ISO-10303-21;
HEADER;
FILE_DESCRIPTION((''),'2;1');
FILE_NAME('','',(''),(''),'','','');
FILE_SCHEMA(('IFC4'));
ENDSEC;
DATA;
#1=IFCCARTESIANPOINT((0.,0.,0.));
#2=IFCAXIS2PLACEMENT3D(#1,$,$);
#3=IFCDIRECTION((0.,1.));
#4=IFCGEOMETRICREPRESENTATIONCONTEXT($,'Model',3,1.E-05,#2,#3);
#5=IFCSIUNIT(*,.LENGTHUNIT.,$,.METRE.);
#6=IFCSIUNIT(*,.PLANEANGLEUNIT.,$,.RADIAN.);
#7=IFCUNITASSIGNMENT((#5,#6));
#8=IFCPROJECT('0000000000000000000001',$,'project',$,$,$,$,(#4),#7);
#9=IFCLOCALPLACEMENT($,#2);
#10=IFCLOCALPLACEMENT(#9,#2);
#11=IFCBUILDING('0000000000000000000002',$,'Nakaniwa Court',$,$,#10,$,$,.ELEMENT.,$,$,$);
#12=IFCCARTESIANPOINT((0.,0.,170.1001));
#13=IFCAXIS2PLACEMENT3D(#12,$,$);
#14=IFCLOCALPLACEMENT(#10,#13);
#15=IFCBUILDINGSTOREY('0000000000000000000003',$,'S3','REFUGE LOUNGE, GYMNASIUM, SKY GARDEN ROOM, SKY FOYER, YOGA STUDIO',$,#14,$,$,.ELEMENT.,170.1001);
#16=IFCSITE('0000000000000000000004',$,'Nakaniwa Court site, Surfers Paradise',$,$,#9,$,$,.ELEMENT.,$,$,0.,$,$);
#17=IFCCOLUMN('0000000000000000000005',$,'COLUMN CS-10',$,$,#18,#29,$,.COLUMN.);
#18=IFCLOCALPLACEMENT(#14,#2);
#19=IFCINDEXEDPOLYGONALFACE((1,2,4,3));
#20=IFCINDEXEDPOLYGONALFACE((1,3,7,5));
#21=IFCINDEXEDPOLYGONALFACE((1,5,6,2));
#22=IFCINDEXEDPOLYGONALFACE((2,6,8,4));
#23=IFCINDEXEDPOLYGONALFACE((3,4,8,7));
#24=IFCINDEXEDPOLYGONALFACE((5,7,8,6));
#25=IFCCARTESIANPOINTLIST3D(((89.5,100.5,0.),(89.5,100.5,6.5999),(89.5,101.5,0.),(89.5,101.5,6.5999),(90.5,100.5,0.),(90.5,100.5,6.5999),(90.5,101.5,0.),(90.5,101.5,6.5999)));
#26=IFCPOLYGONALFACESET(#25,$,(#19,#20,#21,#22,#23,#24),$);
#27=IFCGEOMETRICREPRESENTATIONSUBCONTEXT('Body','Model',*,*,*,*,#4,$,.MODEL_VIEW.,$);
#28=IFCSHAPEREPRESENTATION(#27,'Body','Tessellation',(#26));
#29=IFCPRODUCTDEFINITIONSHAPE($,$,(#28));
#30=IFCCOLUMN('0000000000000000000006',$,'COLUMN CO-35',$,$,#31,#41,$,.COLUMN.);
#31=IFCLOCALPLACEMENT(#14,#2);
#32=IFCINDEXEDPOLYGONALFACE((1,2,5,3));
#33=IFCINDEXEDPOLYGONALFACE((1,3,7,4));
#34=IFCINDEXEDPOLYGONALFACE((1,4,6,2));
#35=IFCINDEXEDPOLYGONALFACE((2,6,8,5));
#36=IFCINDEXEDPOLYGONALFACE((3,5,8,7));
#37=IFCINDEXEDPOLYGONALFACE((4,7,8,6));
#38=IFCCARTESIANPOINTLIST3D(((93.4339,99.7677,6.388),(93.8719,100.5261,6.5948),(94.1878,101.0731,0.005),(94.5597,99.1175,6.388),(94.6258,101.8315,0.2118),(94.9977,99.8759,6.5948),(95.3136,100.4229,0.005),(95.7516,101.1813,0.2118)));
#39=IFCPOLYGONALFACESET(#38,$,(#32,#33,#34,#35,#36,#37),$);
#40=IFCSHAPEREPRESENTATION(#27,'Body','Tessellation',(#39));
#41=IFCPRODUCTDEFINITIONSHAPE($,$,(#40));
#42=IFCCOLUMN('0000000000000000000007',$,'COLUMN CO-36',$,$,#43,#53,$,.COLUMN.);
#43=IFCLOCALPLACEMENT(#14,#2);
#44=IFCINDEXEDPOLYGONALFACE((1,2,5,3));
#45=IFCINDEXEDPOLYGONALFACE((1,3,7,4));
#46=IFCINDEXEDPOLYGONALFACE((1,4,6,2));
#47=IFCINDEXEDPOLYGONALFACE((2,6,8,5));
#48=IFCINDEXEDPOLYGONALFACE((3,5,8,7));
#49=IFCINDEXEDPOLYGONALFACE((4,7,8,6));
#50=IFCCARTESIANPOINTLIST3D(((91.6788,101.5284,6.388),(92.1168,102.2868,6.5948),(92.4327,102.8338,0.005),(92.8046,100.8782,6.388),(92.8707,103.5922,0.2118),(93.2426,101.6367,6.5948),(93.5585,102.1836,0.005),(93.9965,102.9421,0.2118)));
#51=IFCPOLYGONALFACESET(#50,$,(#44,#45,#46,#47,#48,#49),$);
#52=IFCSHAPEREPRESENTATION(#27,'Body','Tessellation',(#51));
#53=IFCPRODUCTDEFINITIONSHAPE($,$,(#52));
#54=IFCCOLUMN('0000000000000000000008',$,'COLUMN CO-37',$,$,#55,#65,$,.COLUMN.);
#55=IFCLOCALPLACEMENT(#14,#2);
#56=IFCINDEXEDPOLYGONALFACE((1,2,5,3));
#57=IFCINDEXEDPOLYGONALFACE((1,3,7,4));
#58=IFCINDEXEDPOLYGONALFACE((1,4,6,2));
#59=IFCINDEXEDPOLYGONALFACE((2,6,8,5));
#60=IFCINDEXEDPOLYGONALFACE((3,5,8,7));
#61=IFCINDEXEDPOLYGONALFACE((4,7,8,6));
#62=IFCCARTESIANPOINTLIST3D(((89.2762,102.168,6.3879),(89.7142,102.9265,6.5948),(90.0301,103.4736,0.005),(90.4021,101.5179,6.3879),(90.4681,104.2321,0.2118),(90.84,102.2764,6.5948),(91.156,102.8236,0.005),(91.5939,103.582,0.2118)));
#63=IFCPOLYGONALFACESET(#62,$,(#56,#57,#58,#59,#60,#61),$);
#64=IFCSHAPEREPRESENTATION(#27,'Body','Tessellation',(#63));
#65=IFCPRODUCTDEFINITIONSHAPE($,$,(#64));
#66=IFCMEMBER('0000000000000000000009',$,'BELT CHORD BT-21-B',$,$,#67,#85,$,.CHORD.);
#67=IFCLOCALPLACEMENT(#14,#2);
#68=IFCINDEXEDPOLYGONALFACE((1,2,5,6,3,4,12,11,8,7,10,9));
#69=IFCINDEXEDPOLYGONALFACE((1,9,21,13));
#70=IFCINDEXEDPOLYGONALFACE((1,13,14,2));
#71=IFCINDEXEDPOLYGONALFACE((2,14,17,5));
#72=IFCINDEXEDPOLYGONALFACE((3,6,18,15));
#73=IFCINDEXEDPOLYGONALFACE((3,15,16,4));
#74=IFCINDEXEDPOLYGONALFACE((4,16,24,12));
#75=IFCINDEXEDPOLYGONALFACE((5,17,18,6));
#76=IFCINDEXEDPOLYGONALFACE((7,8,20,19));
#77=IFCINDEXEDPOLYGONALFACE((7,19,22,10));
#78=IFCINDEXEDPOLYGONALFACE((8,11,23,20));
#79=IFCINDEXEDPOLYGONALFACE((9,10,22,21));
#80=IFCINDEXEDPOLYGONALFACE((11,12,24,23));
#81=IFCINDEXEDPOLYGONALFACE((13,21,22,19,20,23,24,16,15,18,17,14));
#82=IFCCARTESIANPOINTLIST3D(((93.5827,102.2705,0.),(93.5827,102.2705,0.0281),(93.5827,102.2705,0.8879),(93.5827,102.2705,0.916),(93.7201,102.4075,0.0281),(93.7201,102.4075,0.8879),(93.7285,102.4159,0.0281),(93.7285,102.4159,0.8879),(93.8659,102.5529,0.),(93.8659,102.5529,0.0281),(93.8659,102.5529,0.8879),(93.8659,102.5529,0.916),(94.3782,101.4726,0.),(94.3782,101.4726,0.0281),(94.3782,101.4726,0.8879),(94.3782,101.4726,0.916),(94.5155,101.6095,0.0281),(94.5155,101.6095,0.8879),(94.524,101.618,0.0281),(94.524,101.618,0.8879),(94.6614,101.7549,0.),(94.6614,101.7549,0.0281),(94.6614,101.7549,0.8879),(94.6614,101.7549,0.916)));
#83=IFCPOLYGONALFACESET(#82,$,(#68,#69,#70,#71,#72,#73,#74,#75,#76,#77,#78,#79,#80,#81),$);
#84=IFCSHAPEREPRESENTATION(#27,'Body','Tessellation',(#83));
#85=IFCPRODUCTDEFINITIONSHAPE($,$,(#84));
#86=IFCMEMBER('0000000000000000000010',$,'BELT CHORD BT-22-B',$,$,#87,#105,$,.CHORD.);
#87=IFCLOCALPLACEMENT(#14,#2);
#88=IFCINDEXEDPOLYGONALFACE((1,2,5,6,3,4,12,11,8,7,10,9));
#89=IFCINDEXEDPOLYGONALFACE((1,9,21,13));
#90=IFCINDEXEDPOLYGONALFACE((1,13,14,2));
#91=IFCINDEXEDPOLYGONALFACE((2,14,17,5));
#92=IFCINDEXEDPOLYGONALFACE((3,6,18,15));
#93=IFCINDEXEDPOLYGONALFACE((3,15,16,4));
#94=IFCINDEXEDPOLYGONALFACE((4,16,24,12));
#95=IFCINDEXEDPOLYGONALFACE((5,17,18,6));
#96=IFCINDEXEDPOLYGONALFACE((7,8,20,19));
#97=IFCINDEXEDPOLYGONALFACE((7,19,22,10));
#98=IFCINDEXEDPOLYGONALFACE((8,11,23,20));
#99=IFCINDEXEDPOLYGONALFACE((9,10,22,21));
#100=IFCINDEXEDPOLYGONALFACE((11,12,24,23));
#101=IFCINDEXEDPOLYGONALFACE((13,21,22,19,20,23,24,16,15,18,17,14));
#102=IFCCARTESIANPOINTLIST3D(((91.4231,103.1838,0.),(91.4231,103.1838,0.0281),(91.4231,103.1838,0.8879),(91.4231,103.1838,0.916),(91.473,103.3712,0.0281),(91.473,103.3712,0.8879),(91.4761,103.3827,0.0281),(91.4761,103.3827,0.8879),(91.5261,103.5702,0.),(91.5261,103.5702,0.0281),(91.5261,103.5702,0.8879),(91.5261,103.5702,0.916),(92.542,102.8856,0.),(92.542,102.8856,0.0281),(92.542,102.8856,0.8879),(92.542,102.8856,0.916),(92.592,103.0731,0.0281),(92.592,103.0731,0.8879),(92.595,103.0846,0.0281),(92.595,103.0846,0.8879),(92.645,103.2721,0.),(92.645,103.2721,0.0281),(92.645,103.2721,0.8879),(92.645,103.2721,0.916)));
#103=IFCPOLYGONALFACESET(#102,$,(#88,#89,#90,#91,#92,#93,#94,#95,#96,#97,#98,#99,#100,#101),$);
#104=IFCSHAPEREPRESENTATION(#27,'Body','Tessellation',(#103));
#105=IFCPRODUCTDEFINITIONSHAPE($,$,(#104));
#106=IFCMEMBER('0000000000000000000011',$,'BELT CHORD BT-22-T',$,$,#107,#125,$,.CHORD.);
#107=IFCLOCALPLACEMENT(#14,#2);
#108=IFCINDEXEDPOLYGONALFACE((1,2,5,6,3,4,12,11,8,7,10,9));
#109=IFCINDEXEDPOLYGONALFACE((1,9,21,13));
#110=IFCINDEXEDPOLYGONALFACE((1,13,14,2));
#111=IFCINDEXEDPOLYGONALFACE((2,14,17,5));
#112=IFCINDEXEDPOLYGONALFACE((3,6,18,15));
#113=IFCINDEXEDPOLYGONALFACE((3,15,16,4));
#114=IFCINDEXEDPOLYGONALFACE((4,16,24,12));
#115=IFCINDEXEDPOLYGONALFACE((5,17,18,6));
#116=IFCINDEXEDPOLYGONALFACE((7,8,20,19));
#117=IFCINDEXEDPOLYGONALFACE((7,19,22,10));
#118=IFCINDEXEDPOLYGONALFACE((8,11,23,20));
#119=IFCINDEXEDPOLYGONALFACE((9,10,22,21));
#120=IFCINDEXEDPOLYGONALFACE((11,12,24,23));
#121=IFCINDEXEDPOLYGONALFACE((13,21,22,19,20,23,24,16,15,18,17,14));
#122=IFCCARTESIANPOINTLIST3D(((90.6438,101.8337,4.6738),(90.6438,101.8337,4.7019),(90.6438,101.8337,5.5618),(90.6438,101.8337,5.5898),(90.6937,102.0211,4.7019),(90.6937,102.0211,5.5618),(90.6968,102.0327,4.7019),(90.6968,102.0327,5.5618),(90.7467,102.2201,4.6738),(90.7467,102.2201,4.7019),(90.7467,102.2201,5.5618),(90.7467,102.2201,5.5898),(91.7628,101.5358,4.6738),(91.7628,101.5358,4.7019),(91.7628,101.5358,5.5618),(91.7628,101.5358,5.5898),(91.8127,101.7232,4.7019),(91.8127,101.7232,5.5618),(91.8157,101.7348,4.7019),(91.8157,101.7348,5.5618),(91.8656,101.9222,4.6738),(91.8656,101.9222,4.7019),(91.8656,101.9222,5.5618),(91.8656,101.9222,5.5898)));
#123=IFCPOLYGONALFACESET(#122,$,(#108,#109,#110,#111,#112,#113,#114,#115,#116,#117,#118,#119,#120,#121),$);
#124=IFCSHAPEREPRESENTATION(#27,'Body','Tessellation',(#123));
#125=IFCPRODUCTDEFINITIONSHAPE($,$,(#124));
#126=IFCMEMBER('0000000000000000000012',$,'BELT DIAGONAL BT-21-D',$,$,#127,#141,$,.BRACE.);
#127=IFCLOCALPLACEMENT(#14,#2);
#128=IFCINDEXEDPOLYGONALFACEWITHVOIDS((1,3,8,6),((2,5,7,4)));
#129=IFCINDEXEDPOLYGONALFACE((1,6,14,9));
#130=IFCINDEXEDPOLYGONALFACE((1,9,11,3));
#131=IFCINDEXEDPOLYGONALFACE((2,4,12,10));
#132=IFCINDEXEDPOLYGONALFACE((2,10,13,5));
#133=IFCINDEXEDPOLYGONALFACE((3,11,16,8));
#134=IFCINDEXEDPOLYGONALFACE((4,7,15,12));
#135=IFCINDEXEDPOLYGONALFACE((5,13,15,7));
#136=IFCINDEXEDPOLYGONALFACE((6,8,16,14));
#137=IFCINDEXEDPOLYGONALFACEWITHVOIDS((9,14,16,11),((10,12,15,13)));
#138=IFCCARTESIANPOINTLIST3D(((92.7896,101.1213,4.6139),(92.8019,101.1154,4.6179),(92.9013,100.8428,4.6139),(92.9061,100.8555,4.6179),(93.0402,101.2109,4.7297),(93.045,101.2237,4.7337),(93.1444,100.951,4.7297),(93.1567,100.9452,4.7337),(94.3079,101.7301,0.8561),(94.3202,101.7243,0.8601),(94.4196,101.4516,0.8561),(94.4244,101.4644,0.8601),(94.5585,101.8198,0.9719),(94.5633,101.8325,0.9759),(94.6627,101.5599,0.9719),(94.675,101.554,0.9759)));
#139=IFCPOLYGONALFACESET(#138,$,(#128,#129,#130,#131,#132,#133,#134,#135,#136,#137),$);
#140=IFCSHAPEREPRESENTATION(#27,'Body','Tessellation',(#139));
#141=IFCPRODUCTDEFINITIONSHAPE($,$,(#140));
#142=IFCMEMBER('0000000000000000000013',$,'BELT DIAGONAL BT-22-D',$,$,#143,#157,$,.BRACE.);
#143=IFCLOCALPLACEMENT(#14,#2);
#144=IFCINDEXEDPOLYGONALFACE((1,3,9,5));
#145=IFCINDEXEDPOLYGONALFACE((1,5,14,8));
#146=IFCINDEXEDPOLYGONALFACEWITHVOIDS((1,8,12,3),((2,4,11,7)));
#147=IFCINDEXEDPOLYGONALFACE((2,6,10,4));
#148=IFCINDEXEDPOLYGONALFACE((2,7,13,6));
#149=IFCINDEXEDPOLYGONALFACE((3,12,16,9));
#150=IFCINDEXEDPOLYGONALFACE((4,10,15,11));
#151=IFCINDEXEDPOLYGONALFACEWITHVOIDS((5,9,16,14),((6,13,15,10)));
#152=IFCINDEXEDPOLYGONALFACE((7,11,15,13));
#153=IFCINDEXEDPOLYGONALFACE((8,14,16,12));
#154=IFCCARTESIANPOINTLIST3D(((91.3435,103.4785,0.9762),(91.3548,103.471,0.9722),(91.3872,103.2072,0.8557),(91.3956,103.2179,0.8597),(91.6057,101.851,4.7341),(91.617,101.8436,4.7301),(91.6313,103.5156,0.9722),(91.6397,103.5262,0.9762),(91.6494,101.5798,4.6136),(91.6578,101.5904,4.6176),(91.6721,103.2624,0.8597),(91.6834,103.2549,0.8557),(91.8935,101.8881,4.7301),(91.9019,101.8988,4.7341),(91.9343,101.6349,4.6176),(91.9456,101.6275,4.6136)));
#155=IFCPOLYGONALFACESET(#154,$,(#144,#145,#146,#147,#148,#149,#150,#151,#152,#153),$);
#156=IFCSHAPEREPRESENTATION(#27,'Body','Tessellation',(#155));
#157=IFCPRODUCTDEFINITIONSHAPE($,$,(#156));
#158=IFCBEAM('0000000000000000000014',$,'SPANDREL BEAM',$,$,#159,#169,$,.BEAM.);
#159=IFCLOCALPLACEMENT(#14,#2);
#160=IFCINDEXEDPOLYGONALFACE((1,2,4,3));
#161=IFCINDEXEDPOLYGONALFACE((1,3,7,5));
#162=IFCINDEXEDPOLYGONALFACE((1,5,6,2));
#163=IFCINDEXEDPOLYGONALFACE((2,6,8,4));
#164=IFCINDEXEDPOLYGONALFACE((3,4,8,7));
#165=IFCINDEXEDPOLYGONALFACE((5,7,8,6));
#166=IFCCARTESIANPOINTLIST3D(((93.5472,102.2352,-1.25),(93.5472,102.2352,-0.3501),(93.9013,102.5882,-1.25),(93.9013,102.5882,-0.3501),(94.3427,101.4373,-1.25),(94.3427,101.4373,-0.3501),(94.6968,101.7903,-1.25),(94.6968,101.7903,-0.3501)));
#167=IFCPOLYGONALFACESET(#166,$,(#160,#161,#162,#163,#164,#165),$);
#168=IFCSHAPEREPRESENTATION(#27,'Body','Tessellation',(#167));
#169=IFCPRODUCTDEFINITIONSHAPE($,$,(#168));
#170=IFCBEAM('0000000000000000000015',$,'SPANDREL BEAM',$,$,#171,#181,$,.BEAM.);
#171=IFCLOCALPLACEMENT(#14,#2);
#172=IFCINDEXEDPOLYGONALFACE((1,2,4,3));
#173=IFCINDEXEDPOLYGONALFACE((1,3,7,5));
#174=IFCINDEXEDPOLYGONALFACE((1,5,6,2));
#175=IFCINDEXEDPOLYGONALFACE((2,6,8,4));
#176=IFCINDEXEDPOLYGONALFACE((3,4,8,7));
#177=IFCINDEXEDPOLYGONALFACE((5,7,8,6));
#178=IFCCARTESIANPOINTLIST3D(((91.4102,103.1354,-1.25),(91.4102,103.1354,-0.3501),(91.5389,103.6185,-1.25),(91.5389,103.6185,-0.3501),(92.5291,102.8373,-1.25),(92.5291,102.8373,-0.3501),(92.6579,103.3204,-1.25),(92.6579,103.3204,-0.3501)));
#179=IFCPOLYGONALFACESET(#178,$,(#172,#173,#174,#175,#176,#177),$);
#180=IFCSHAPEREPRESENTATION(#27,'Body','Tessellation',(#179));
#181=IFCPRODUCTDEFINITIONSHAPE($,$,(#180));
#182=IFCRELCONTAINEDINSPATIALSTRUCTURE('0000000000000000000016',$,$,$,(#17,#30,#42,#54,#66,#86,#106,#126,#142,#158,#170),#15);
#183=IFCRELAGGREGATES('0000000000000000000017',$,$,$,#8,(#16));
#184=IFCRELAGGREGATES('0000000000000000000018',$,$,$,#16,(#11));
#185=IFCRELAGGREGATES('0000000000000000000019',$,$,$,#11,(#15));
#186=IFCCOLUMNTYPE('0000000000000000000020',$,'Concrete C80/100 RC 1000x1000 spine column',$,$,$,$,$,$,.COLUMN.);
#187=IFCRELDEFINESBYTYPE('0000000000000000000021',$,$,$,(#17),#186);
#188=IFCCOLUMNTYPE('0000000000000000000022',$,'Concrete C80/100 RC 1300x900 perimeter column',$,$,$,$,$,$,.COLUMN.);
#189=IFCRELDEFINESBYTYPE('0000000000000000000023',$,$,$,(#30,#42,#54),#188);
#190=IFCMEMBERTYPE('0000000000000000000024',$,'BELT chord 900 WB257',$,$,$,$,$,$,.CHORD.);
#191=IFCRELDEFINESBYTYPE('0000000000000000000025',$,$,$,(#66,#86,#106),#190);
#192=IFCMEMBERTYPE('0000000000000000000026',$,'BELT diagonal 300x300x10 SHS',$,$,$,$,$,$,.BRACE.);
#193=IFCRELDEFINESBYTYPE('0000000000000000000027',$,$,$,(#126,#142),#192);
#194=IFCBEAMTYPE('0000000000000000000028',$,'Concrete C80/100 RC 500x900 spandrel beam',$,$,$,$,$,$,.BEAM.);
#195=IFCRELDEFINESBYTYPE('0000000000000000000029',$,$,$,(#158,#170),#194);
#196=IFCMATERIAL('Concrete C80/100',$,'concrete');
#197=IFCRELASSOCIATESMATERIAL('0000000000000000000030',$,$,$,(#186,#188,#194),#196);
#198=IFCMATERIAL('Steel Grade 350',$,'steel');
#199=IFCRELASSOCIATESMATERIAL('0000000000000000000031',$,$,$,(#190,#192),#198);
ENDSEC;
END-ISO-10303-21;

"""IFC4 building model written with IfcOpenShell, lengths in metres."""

from ifc_helpers import new_model, si_unit, direction, frame, origin, origin_2d, place, context, subcontext, project, spatial, rectangle, hollow_rectangle, i_section, extrude, material, material_profile, profile_set, type_object, element, save


model = new_model("IFC4")

# Units and contexts
model_context = context("Model", 3, precision=1e-05, world=origin(), true_north=direction((0.0, 1.0)))
body_context = subcontext(model_context, "Body", "Model", "MODEL_VIEW")
ifc_project = project(units=[si_unit("LENGTHUNIT", "METRE"), si_unit("PLANEANGLEUNIT", "RADIAN")], contexts=[model_context])

# Site, building, storey
site_placement = place(None, origin())
site = spatial("IfcSite", under=ifc_project, at=site_placement, Name="Nakaniwa Court site, Surfers Paradise", CompositionType="ELEMENT", RefElevation=0.0)
building_placement = place(site_placement, origin())
building = spatial("IfcBuilding", under=site, at=building_placement, Name="Nakaniwa Court", CompositionType="ELEMENT")
storey_placement = place(building_placement, frame((0.0, 0.0, 170.1001)))
storey = spatial("IfcBuildingStorey", under=building, at=storey_placement, Name="S3", Description="REFUGE LOUNGE, GYMNASIUM, SKY GARDEN ROOM, SKY FOYER, YOGA STUDIO", CompositionType="ELEMENT", Elevation=170.1001)

# Columns
ifc_material_1 = material(Name="Concrete C80/100", Category="concrete")
ifc_material_profile_1 = material_profile(ifc_material_1, rectangle(XDim=1.0, YDim=1.0, at=origin_2d()), Name="Concrete C80/100 RC 1000x1000 spine column")
ifc_profile_set_1 = profile_set([ifc_material_profile_1], Name="Concrete C80/100")
column_type_1 = type_object("IfcColumnType", Name="Concrete C80/100 RC 1000x1000 spine column", PredefinedType="COLUMN", material=ifc_profile_set_1)
column_placement = place(storey_placement, frame((90.0, 101.0, 0.0), z_axis=(0.0, 0.0, 1.0), x_axis=(0.0, 1.0, 0.0)))
element("IfcColumn", 1, at=column_placement, inside=storey, type_object=column_type_1, Name="COLUMN CS-10", PredefinedType="COLUMN", context=body_context, shape_type="SweptSolid", body=[
    extrude(rectangle(XDim=1.0, YDim=1.0, at=origin_2d()), origin(), (0.0, 0.0, 1.0), 6.5999),
])
ifc_material_profile_2 = material_profile(ifc_material_1, rectangle(XDim=1.3, YDim=0.8999, at=origin_2d()), Name="Concrete C80/100 RC 1300x900 perimeter column")
ifc_profile_set_2 = profile_set([ifc_material_profile_2], Name="Concrete C80/100")
column_type_2 = type_object("IfcColumnType", Name="Concrete C80/100 RC 1300x900 perimeter column", PredefinedType="COLUMN", material=ifc_profile_set_2)
for number, where, z_axis, x_axis, name in (
    (2, (94.9697, 101.1272, 0.1084), (-0.114948, -0.199038, 0.973227), (0.865962, -0.50011, 0.0), "COLUMN CO-35"),
    (3, (93.2146, 102.8879, 0.1084), (-0.114948, -0.199038, 0.973227), (0.865962, -0.50011, 0.0), "COLUMN CO-36"),
    (4, (90.812, 103.5278, 0.1084), (-0.114948, -0.199074, 0.97322), (0.866002, -0.50004, 0.0), "COLUMN CO-37"),
):
    element("IfcColumn", number, at=place(storey_placement, frame(where, z_axis=z_axis, x_axis=x_axis)), inside=storey, type_object=column_type_2, Name=name, PredefinedType="COLUMN", context=body_context, shape_type="SweptSolid", body=[
        extrude(rectangle(XDim=1.3, YDim=0.8999, at=origin_2d()), origin(), (0.0, 0.0, 1.0), 6.5586),
    ])

# Members
ifc_material_2 = material(Name="Steel Grade 350", Category="steel")
ifc_material_profile_3 = material_profile(ifc_material_2, i_section(OverallWidth=0.3999, OverallDepth=0.916, WebThickness=0.012, FlangeThickness=0.0281, at=origin_2d()), Name="900WB257")
ifc_profile_set_3 = profile_set([ifc_material_profile_3], Name="Steel Grade 350")
member_type_1 = type_object("IfcMemberType", Name="BELT chord 900 WB257", PredefinedType="CHORD", material=ifc_profile_set_3)
member_1_placement = place(storey_placement, frame((94.5198, 101.6138, 0.458), z_axis=(-0.706022, 0.708189, 0.0), x_axis=(-0.708189, -0.706022, 0.0)))
element("IfcMember", 5, at=member_1_placement, inside=storey, type_object=member_type_1, Name="BELT CHORD BT-21-B", PredefinedType="CHORD", context=body_context, shape_type="SweptSolid", body=[
    extrude(i_section(OverallWidth=0.3999, OverallDepth=0.916, WebThickness=0.012, FlangeThickness=0.0281, at=origin_2d()), origin(), (0.0, 0.0, 1.0), 1.1267),
])
for number, where, z_axis, x_axis, name in (
    (6, (92.5935, 103.0789, 0.458), (-0.966294, 0.25744, 0.0), (-0.25744, -0.966294, 0.0), "BELT CHORD BT-22-B"),
    (7, (91.8142, 101.729, 5.1318), (-0.966347, 0.257243, 0.0), (-0.257243, -0.966347, 0.0), "BELT CHORD BT-22-T"),
):
    element("IfcMember", number, at=place(storey_placement, frame(where, z_axis=z_axis, x_axis=x_axis)), inside=storey, type_object=member_type_1, Name=name, PredefinedType="CHORD", context=body_context, shape_type="SweptSolid", body=[
        extrude(i_section(OverallWidth=0.3999, OverallDepth=0.916, WebThickness=0.012, FlangeThickness=0.0281, at=origin_2d()), origin(), (0.0, 0.0, 1.0), 1.158),
    ])
ifc_material_profile_4 = material_profile(ifc_material_2, hollow_rectangle(XDim=0.3, YDim=0.3, WallThickness=0.01, at=origin_2d()), Name="BELT diagonal 300x300x10 SHS")
ifc_profile_set_4 = profile_set([ifc_material_profile_4], Name="Steel Grade 350")
member_type_2 = type_object("IfcMemberType", Name="BELT diagonal 300x300x10 SHS", PredefinedType="BRACE", material=ifc_profile_set_4)
member_2_placement = place(storey_placement, frame((94.4915, 101.6421, 0.916), z_axis=(-0.370461, -0.148566, 0.91689), x_axis=(0.372214, -0.928147, 0.0)))
element("IfcMember", 8, at=member_2_placement, inside=storey, type_object=member_type_2, Name="BELT DIAGONAL BT-21-D", PredefinedType="BRACE", context=body_context, shape_type="SweptSolid", body=[
    extrude(hollow_rectangle(XDim=0.3, YDim=0.3, WallThickness=0.01, at=origin_2d()), origin(), (0.0, 0.0, 1.0), 4.0984),
])
member_3_placement = place(storey_placement, frame((91.7756, 101.7393, 4.6738), z_axis=(-0.063899, 0.396601, -0.915764), x_axis=(-0.987268, -0.159065, 0.0)))
element("IfcMember", 9, at=member_3_placement, inside=storey, type_object=member_type_2, Name="BELT DIAGONAL BT-22-D", PredefinedType="BRACE", context=body_context, shape_type="SweptSolid", body=[
    extrude(hollow_rectangle(XDim=0.3, YDim=0.3, WallThickness=0.01, at=origin_2d()), origin(), (0.0, 0.0, 1.0), 4.1035),
])

# Beams
ifc_material_profile_5 = material_profile(ifc_material_1, rectangle(XDim=0.5, YDim=0.8999, at=origin_2d()), Name="Concrete C80/100 RC 500x900 spandrel beam")
ifc_profile_set_5 = profile_set([ifc_material_profile_5], Name="Concrete C80/100")
beam_type = type_object("IfcBeamType", Name="Concrete C80/100 RC 500x900 spandrel beam", PredefinedType="BEAM", material=ifc_profile_set_5)
beam_1_placement = place(storey_placement, frame((94.5198, 101.6138, -0.8), z_axis=(-0.706022, 0.708189, 0.0), x_axis=(-0.708189, -0.706022, 0.0)))
element("IfcBeam", 10, at=beam_1_placement, inside=storey, type_object=beam_type, Name="SPANDREL BEAM", PredefinedType="BEAM", context=body_context, shape_type="SweptSolid", body=[
    extrude(rectangle(XDim=0.5, YDim=0.8999, at=origin_2d()), origin(), (0.0, 0.0, 1.0), 1.1267),
])
beam_2_placement = place(storey_placement, frame((92.5935, 103.0789, -0.8), z_axis=(-0.966294, 0.25744, 0.0), x_axis=(-0.25744, -0.966294, 0.0)))
element("IfcBeam", 11, at=beam_2_placement, inside=storey, type_object=beam_type, Name="SPANDREL BEAM", PredefinedType="BEAM", context=body_context, shape_type="SweptSolid", body=[
    extrude(rectangle(XDim=0.5, YDim=0.8999, at=origin_2d()), origin(), (0.0, 0.0, 1.0), 1.158),
])

save(model, "model.ifc")
